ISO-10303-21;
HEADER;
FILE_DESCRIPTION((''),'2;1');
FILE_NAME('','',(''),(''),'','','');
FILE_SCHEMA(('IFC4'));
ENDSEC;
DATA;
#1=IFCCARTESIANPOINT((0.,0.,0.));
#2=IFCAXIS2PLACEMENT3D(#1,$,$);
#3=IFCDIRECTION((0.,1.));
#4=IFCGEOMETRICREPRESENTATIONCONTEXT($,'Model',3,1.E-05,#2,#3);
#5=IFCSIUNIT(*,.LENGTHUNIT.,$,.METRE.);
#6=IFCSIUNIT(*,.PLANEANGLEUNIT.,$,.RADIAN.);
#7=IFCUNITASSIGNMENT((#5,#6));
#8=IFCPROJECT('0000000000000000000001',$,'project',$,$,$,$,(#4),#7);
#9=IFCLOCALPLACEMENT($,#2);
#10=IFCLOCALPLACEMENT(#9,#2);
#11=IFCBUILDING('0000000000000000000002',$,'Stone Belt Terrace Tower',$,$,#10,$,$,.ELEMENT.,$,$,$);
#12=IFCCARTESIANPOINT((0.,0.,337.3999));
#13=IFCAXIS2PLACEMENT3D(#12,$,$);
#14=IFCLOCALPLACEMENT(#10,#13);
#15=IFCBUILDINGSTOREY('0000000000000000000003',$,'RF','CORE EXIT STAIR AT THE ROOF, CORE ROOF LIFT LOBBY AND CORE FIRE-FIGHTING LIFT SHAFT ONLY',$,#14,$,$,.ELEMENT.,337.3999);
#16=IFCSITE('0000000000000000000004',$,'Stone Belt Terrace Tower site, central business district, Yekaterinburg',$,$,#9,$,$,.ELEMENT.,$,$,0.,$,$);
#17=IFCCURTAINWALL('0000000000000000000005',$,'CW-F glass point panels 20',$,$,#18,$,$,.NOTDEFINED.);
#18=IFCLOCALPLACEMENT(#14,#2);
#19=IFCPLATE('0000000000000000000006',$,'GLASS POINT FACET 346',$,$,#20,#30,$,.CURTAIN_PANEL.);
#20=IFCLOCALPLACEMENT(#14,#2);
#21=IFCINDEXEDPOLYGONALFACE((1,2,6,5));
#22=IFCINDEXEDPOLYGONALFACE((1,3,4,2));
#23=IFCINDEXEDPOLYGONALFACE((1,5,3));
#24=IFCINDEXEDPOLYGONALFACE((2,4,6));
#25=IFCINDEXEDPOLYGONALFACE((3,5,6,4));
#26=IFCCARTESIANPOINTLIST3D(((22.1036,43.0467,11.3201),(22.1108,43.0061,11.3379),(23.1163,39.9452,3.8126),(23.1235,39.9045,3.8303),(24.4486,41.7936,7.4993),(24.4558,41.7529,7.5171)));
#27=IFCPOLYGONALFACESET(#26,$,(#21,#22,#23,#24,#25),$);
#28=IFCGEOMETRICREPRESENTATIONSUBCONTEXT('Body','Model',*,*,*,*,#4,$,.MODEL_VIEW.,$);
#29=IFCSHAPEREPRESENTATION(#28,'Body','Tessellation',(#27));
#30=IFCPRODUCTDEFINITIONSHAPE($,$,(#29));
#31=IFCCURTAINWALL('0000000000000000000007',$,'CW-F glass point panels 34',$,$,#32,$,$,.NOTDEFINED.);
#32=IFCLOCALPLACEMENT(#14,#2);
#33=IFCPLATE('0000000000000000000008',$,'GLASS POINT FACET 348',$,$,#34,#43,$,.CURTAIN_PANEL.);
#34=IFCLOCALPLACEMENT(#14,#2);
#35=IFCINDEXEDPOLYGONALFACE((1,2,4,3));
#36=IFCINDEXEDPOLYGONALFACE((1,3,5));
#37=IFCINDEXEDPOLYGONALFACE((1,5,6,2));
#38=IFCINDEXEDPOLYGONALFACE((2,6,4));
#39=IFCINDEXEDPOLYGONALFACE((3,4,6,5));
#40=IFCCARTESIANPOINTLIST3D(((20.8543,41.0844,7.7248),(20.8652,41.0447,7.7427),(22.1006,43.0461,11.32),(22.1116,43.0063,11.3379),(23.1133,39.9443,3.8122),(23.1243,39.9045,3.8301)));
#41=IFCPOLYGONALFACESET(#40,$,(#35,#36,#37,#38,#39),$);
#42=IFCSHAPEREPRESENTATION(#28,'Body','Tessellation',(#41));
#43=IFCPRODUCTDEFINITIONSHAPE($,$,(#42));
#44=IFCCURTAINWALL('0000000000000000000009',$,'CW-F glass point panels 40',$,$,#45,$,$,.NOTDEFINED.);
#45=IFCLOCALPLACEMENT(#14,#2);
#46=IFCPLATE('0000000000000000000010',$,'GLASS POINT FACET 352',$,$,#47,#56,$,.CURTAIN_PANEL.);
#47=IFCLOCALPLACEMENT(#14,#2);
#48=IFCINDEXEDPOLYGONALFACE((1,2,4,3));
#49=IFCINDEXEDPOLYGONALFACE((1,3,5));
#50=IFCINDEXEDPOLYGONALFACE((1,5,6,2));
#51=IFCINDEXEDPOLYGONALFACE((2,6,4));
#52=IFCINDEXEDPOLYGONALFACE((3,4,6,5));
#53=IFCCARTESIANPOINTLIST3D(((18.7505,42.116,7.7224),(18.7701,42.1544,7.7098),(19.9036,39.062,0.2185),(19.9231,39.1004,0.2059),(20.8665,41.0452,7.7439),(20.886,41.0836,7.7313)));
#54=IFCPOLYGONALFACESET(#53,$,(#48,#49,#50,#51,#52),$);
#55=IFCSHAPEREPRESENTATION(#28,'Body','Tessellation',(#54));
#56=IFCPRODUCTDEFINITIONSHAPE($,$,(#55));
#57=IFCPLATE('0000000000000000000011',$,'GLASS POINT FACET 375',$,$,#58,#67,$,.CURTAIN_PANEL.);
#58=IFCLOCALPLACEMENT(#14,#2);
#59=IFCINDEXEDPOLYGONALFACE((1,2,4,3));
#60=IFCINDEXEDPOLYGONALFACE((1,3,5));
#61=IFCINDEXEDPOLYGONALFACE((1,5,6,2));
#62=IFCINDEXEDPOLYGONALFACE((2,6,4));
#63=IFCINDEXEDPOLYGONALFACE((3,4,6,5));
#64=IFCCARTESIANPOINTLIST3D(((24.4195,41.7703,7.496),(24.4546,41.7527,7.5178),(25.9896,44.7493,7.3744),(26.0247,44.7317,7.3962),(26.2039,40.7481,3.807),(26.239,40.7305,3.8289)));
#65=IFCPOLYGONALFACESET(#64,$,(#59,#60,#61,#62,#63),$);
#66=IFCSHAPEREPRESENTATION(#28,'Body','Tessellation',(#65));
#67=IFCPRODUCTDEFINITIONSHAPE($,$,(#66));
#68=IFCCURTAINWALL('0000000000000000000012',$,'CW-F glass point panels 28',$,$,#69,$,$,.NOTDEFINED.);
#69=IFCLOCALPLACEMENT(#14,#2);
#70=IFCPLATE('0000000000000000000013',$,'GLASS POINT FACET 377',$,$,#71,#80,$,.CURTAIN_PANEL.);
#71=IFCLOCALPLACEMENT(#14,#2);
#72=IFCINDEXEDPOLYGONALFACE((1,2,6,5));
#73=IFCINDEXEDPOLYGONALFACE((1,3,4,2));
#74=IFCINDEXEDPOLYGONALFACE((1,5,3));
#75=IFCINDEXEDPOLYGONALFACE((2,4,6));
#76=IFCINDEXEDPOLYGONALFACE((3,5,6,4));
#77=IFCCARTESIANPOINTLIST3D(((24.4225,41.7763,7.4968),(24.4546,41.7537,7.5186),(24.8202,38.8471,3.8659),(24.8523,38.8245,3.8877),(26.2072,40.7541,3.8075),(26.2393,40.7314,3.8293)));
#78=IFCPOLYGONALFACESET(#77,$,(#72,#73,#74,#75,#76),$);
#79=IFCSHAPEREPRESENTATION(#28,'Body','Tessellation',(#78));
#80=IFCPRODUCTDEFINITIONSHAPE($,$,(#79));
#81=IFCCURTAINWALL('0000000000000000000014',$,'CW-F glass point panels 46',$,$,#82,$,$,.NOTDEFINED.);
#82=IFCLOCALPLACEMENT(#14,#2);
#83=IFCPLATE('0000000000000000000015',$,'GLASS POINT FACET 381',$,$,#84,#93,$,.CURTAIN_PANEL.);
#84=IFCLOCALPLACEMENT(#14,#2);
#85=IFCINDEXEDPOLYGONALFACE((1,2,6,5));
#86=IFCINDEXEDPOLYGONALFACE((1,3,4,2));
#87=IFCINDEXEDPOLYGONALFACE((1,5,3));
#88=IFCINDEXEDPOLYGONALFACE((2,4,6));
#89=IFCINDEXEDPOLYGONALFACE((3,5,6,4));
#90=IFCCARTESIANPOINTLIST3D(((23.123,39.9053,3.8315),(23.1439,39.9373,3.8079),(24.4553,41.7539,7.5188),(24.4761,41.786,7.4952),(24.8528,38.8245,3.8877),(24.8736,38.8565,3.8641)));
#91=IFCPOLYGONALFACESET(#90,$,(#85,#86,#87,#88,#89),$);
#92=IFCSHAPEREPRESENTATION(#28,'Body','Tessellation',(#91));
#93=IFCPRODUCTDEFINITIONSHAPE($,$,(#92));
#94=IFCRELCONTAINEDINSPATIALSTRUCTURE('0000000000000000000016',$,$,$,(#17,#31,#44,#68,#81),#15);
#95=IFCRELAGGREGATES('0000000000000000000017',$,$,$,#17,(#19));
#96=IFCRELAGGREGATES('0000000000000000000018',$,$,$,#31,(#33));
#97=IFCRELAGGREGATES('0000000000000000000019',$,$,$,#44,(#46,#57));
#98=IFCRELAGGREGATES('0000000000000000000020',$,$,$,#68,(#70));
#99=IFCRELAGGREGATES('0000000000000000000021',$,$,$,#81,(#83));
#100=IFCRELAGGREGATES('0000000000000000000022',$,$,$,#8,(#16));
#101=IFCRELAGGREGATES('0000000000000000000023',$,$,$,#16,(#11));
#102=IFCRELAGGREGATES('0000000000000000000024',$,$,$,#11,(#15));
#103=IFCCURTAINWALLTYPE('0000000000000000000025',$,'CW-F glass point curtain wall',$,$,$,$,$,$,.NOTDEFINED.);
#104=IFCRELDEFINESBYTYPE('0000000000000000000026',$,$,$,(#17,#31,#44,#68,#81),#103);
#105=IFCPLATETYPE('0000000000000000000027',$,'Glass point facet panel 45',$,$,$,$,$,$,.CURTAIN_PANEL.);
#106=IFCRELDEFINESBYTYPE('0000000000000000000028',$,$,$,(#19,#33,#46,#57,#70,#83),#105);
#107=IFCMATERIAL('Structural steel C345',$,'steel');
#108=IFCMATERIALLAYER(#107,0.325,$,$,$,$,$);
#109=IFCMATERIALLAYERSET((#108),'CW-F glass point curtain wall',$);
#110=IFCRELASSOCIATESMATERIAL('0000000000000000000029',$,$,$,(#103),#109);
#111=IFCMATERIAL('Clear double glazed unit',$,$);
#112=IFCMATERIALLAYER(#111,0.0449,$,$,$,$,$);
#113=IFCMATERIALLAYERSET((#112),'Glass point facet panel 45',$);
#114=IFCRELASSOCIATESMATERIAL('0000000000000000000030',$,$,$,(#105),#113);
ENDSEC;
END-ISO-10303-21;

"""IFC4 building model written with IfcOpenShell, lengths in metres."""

from ifc_helpers import new_model, si_unit, direction, frame, origin, place, context, subcontext, project, spatial, polyline, outline, extrude, material, layer, layer_set, type_object, element, aggregate, save


model = new_model("IFC4")

# Units and contexts
model_context = context("Model", 3, precision=1e-05, world=origin(), true_north=direction((0.0, 1.0)))
body_context = subcontext(model_context, "Body", "Model", "MODEL_VIEW")
ifc_project = project(units=[si_unit("LENGTHUNIT", "METRE"), si_unit("PLANEANGLEUNIT", "RADIAN")], contexts=[model_context])

# Site, building, storey
site_placement = place(None, origin())
site = spatial("IfcSite", under=ifc_project, at=site_placement, Name="Stone Belt Terrace Tower site, central business district, Yekaterinburg", CompositionType="ELEMENT", RefElevation=0.0)
building_placement = place(site_placement, origin())
building = spatial("IfcBuilding", under=site, at=building_placement, Name="Stone Belt Terrace Tower", CompositionType="ELEMENT")
storey_placement = place(building_placement, frame((0.0, 0.0, 337.3999)))
storey = spatial("IfcBuildingStorey", under=building, at=storey_placement, Name="RF", Description="CORE EXIT STAIR AT THE ROOF, CORE ROOF LIFT LOBBY AND CORE FIRE-FIGHTING LIFT SHAFT ONLY", CompositionType="ELEMENT", Elevation=337.3999)

# Shared definitions
ifc_material_1 = material(Name="Structural steel C345", Category="steel")

# Shared definitions
ifc_layer_1 = layer(ifc_material_1, 0.325)
ifc_layer_set_1 = layer_set([ifc_layer_1], Name="CW-F glass point curtain wall")
curtain_wall_type = type_object("IfcCurtainWallType", Name="CW-F glass point curtain wall", PredefinedType="NOTDEFINED", material=ifc_layer_set_1)
ifc_material_2 = material(Name="Clear double glazed unit")
ifc_layer_2 = layer(ifc_material_2, 0.0449)
ifc_layer_set_2 = layer_set([ifc_layer_2], Name="Glass point facet panel 45")
plate_type = type_object("IfcPlateType", Name="Glass point facet panel 45", PredefinedType="CURTAIN_PANEL", material=ifc_layer_set_2)

# Curtain walls, plates
curtain_wall_1_placement = place(storey_placement, origin())
curtain_wall_1 = element("IfcCurtainWall", 1, at=curtain_wall_1_placement, inside=storey, type_object=curtain_wall_type, Name="CW-F glass point panels 20", PredefinedType="NOTDEFINED")
plate_1_placement = place(storey_placement, frame((24.4558, 41.7529, 7.5171), z_axis=(0.160793, -0.904367, 0.395306), x_axis=(-0.307399, -0.426483, -0.850657)))
plate_1 = element("IfcPlate", 2, at=plate_1_placement, type_object=plate_type, Name="GLASS POINT FACET 346", PredefinedType="CURTAIN_PANEL", context=body_context, shape_type="SweptSolid", body=[
    extrude(outline(polyline([(0.0, 0.0), (4.334, 0.0), (-3.0638, -3.5044), (0.0, 0.0)])), origin(), (0.0, 0.0, -1.0), 0.0449),
])
aggregate(curtain_wall_1, [plate_1])
curtain_wall_2_placement = place(storey_placement, origin())
curtain_wall_2 = element("IfcCurtainWall", 3, at=curtain_wall_2_placement, inside=storey, type_object=curtain_wall_type, Name="CW-F glass point panels 34", PredefinedType="NOTDEFINED")
plate_2_placement = place(storey_placement, frame((22.1116, 43.0063, 11.3379), z_axis=(0.243333, -0.884427, 0.398218), x_axis=(0.123707, -0.378906, -0.917129)))
plate_2 = element("IfcPlate", 4, at=plate_2_placement, type_object=plate_type, Name="GLASS POINT FACET 348", PredefinedType="CURTAIN_PANEL", context=body_context, shape_type="SweptSolid", body=[
    extrude(outline(polyline([(0.0, 0.0), (8.1862, 0.0), (3.8864, -1.7953), (0.0, 0.0)])), origin(), (0.0, 0.0, -1.0), 0.0449),
])
aggregate(curtain_wall_2, [plate_2])

# Curtain wall, plates
curtain_wall_3_placement = place(storey_placement, origin())
curtain_wall_3 = element("IfcCurtainWall", 5, at=curtain_wall_3_placement, inside=storey, type_object=curtain_wall_type, Name="CW-F glass point panels 40", PredefinedType="NOTDEFINED")
plate_3_placement = place(storey_placement, frame((20.8665, 41.0452, 7.7439), z_axis=(-0.435598, -0.855128, 0.281086), x_axis=(-0.122792, -0.2529, -0.959669)))
plate_3 = element("IfcPlate", 6, at=plate_3_placement, type_object=plate_type, Name="GLASS POINT FACET 352", PredefinedType="CURTAIN_PANEL", context=body_context, shape_type="SweptSolid", body=[
    extrude(outline(polyline([(0.0, 0.0), (7.8417, 0.0), (0.0096, -2.3716), (0.0, 0.0)])), origin(), (0.0, 0.0, -1.0), 0.0449),
])
plate_4_placement = place(storey_placement, frame((24.4546, 41.7527, 7.5178), z_axis=(0.781008, -0.391777, 0.486351), x_axis=(0.465948, 0.884076, -0.036082)))
plate_4 = element("IfcPlate", 7, at=plate_4_placement, type_object=plate_type, Name="GLASS POINT FACET 375", PredefinedType="CURTAIN_PANEL", context=body_context, shape_type="SweptSolid", body=[
    extrude(outline(polyline([(0.0, 0.0), (3.3696, 0.0), (0.0608, -4.223), (0.0, 0.0)])), origin(), (0.0, 0.0, -1.0), 0.0449),
])
aggregate(curtain_wall_3, [plate_3, plate_4])

# Curtain walls, plates
curtain_wall_4_placement = place(storey_placement, origin())
curtain_wall_4 = element("IfcCurtainWall", 8, at=curtain_wall_4_placement, inside=storey, type_object=curtain_wall_type, Name="CW-F glass point panels 28", PredefinedType="NOTDEFINED")
plate_5_placement = place(storey_placement, frame((24.4546, 41.7537, 7.5186), z_axis=(0.71412, -0.504537, 0.485257), x_axis=(0.42253, -0.242015, -0.87344)))
plate_5 = element("IfcPlate", 9, at=plate_5_placement, type_object=plate_type, Name="GLASS POINT FACET 377", PredefinedType="CURTAIN_PANEL", context=body_context, shape_type="SweptSolid", body=[
    extrude(outline(polyline([(0.0, 0.0), (4.2238, 0.0), (4.0483, -2.3522), (0.0, 0.0)])), origin(), (0.0, 0.0, -1.0), 0.0449),
])
aggregate(curtain_wall_4, [plate_5])
curtain_wall_5_placement = place(storey_placement, origin())
curtain_wall_5 = element("IfcCurtainWall", 10, at=curtain_wall_5_placement, inside=storey, type_object=curtain_wall_type, Name="CW-F glass point panels 46", PredefinedType="NOTDEFINED")
plate_6_placement = place(storey_placement, frame((24.4553, 41.7539, 7.5188), z_axis=(-0.463118, -0.713889, 0.525247), x_axis=(0.084885, -0.625634, -0.775485)))
plate_6 = element("IfcPlate", 11, at=plate_6_placement, type_object=plate_type, Name="GLASS POINT FACET 381", PredefinedType="CURTAIN_PANEL", context=body_context, shape_type="SweptSolid", body=[
    extrude(outline(polyline([(0.0, 0.0), (4.6824, 0.0), (3.9029, -1.8857), (0.0, 0.0)])), origin(), (0.0, 0.0, -1.0), 0.0449),
])
aggregate(curtain_wall_5, [plate_6])

save(model, "model.ifc")
